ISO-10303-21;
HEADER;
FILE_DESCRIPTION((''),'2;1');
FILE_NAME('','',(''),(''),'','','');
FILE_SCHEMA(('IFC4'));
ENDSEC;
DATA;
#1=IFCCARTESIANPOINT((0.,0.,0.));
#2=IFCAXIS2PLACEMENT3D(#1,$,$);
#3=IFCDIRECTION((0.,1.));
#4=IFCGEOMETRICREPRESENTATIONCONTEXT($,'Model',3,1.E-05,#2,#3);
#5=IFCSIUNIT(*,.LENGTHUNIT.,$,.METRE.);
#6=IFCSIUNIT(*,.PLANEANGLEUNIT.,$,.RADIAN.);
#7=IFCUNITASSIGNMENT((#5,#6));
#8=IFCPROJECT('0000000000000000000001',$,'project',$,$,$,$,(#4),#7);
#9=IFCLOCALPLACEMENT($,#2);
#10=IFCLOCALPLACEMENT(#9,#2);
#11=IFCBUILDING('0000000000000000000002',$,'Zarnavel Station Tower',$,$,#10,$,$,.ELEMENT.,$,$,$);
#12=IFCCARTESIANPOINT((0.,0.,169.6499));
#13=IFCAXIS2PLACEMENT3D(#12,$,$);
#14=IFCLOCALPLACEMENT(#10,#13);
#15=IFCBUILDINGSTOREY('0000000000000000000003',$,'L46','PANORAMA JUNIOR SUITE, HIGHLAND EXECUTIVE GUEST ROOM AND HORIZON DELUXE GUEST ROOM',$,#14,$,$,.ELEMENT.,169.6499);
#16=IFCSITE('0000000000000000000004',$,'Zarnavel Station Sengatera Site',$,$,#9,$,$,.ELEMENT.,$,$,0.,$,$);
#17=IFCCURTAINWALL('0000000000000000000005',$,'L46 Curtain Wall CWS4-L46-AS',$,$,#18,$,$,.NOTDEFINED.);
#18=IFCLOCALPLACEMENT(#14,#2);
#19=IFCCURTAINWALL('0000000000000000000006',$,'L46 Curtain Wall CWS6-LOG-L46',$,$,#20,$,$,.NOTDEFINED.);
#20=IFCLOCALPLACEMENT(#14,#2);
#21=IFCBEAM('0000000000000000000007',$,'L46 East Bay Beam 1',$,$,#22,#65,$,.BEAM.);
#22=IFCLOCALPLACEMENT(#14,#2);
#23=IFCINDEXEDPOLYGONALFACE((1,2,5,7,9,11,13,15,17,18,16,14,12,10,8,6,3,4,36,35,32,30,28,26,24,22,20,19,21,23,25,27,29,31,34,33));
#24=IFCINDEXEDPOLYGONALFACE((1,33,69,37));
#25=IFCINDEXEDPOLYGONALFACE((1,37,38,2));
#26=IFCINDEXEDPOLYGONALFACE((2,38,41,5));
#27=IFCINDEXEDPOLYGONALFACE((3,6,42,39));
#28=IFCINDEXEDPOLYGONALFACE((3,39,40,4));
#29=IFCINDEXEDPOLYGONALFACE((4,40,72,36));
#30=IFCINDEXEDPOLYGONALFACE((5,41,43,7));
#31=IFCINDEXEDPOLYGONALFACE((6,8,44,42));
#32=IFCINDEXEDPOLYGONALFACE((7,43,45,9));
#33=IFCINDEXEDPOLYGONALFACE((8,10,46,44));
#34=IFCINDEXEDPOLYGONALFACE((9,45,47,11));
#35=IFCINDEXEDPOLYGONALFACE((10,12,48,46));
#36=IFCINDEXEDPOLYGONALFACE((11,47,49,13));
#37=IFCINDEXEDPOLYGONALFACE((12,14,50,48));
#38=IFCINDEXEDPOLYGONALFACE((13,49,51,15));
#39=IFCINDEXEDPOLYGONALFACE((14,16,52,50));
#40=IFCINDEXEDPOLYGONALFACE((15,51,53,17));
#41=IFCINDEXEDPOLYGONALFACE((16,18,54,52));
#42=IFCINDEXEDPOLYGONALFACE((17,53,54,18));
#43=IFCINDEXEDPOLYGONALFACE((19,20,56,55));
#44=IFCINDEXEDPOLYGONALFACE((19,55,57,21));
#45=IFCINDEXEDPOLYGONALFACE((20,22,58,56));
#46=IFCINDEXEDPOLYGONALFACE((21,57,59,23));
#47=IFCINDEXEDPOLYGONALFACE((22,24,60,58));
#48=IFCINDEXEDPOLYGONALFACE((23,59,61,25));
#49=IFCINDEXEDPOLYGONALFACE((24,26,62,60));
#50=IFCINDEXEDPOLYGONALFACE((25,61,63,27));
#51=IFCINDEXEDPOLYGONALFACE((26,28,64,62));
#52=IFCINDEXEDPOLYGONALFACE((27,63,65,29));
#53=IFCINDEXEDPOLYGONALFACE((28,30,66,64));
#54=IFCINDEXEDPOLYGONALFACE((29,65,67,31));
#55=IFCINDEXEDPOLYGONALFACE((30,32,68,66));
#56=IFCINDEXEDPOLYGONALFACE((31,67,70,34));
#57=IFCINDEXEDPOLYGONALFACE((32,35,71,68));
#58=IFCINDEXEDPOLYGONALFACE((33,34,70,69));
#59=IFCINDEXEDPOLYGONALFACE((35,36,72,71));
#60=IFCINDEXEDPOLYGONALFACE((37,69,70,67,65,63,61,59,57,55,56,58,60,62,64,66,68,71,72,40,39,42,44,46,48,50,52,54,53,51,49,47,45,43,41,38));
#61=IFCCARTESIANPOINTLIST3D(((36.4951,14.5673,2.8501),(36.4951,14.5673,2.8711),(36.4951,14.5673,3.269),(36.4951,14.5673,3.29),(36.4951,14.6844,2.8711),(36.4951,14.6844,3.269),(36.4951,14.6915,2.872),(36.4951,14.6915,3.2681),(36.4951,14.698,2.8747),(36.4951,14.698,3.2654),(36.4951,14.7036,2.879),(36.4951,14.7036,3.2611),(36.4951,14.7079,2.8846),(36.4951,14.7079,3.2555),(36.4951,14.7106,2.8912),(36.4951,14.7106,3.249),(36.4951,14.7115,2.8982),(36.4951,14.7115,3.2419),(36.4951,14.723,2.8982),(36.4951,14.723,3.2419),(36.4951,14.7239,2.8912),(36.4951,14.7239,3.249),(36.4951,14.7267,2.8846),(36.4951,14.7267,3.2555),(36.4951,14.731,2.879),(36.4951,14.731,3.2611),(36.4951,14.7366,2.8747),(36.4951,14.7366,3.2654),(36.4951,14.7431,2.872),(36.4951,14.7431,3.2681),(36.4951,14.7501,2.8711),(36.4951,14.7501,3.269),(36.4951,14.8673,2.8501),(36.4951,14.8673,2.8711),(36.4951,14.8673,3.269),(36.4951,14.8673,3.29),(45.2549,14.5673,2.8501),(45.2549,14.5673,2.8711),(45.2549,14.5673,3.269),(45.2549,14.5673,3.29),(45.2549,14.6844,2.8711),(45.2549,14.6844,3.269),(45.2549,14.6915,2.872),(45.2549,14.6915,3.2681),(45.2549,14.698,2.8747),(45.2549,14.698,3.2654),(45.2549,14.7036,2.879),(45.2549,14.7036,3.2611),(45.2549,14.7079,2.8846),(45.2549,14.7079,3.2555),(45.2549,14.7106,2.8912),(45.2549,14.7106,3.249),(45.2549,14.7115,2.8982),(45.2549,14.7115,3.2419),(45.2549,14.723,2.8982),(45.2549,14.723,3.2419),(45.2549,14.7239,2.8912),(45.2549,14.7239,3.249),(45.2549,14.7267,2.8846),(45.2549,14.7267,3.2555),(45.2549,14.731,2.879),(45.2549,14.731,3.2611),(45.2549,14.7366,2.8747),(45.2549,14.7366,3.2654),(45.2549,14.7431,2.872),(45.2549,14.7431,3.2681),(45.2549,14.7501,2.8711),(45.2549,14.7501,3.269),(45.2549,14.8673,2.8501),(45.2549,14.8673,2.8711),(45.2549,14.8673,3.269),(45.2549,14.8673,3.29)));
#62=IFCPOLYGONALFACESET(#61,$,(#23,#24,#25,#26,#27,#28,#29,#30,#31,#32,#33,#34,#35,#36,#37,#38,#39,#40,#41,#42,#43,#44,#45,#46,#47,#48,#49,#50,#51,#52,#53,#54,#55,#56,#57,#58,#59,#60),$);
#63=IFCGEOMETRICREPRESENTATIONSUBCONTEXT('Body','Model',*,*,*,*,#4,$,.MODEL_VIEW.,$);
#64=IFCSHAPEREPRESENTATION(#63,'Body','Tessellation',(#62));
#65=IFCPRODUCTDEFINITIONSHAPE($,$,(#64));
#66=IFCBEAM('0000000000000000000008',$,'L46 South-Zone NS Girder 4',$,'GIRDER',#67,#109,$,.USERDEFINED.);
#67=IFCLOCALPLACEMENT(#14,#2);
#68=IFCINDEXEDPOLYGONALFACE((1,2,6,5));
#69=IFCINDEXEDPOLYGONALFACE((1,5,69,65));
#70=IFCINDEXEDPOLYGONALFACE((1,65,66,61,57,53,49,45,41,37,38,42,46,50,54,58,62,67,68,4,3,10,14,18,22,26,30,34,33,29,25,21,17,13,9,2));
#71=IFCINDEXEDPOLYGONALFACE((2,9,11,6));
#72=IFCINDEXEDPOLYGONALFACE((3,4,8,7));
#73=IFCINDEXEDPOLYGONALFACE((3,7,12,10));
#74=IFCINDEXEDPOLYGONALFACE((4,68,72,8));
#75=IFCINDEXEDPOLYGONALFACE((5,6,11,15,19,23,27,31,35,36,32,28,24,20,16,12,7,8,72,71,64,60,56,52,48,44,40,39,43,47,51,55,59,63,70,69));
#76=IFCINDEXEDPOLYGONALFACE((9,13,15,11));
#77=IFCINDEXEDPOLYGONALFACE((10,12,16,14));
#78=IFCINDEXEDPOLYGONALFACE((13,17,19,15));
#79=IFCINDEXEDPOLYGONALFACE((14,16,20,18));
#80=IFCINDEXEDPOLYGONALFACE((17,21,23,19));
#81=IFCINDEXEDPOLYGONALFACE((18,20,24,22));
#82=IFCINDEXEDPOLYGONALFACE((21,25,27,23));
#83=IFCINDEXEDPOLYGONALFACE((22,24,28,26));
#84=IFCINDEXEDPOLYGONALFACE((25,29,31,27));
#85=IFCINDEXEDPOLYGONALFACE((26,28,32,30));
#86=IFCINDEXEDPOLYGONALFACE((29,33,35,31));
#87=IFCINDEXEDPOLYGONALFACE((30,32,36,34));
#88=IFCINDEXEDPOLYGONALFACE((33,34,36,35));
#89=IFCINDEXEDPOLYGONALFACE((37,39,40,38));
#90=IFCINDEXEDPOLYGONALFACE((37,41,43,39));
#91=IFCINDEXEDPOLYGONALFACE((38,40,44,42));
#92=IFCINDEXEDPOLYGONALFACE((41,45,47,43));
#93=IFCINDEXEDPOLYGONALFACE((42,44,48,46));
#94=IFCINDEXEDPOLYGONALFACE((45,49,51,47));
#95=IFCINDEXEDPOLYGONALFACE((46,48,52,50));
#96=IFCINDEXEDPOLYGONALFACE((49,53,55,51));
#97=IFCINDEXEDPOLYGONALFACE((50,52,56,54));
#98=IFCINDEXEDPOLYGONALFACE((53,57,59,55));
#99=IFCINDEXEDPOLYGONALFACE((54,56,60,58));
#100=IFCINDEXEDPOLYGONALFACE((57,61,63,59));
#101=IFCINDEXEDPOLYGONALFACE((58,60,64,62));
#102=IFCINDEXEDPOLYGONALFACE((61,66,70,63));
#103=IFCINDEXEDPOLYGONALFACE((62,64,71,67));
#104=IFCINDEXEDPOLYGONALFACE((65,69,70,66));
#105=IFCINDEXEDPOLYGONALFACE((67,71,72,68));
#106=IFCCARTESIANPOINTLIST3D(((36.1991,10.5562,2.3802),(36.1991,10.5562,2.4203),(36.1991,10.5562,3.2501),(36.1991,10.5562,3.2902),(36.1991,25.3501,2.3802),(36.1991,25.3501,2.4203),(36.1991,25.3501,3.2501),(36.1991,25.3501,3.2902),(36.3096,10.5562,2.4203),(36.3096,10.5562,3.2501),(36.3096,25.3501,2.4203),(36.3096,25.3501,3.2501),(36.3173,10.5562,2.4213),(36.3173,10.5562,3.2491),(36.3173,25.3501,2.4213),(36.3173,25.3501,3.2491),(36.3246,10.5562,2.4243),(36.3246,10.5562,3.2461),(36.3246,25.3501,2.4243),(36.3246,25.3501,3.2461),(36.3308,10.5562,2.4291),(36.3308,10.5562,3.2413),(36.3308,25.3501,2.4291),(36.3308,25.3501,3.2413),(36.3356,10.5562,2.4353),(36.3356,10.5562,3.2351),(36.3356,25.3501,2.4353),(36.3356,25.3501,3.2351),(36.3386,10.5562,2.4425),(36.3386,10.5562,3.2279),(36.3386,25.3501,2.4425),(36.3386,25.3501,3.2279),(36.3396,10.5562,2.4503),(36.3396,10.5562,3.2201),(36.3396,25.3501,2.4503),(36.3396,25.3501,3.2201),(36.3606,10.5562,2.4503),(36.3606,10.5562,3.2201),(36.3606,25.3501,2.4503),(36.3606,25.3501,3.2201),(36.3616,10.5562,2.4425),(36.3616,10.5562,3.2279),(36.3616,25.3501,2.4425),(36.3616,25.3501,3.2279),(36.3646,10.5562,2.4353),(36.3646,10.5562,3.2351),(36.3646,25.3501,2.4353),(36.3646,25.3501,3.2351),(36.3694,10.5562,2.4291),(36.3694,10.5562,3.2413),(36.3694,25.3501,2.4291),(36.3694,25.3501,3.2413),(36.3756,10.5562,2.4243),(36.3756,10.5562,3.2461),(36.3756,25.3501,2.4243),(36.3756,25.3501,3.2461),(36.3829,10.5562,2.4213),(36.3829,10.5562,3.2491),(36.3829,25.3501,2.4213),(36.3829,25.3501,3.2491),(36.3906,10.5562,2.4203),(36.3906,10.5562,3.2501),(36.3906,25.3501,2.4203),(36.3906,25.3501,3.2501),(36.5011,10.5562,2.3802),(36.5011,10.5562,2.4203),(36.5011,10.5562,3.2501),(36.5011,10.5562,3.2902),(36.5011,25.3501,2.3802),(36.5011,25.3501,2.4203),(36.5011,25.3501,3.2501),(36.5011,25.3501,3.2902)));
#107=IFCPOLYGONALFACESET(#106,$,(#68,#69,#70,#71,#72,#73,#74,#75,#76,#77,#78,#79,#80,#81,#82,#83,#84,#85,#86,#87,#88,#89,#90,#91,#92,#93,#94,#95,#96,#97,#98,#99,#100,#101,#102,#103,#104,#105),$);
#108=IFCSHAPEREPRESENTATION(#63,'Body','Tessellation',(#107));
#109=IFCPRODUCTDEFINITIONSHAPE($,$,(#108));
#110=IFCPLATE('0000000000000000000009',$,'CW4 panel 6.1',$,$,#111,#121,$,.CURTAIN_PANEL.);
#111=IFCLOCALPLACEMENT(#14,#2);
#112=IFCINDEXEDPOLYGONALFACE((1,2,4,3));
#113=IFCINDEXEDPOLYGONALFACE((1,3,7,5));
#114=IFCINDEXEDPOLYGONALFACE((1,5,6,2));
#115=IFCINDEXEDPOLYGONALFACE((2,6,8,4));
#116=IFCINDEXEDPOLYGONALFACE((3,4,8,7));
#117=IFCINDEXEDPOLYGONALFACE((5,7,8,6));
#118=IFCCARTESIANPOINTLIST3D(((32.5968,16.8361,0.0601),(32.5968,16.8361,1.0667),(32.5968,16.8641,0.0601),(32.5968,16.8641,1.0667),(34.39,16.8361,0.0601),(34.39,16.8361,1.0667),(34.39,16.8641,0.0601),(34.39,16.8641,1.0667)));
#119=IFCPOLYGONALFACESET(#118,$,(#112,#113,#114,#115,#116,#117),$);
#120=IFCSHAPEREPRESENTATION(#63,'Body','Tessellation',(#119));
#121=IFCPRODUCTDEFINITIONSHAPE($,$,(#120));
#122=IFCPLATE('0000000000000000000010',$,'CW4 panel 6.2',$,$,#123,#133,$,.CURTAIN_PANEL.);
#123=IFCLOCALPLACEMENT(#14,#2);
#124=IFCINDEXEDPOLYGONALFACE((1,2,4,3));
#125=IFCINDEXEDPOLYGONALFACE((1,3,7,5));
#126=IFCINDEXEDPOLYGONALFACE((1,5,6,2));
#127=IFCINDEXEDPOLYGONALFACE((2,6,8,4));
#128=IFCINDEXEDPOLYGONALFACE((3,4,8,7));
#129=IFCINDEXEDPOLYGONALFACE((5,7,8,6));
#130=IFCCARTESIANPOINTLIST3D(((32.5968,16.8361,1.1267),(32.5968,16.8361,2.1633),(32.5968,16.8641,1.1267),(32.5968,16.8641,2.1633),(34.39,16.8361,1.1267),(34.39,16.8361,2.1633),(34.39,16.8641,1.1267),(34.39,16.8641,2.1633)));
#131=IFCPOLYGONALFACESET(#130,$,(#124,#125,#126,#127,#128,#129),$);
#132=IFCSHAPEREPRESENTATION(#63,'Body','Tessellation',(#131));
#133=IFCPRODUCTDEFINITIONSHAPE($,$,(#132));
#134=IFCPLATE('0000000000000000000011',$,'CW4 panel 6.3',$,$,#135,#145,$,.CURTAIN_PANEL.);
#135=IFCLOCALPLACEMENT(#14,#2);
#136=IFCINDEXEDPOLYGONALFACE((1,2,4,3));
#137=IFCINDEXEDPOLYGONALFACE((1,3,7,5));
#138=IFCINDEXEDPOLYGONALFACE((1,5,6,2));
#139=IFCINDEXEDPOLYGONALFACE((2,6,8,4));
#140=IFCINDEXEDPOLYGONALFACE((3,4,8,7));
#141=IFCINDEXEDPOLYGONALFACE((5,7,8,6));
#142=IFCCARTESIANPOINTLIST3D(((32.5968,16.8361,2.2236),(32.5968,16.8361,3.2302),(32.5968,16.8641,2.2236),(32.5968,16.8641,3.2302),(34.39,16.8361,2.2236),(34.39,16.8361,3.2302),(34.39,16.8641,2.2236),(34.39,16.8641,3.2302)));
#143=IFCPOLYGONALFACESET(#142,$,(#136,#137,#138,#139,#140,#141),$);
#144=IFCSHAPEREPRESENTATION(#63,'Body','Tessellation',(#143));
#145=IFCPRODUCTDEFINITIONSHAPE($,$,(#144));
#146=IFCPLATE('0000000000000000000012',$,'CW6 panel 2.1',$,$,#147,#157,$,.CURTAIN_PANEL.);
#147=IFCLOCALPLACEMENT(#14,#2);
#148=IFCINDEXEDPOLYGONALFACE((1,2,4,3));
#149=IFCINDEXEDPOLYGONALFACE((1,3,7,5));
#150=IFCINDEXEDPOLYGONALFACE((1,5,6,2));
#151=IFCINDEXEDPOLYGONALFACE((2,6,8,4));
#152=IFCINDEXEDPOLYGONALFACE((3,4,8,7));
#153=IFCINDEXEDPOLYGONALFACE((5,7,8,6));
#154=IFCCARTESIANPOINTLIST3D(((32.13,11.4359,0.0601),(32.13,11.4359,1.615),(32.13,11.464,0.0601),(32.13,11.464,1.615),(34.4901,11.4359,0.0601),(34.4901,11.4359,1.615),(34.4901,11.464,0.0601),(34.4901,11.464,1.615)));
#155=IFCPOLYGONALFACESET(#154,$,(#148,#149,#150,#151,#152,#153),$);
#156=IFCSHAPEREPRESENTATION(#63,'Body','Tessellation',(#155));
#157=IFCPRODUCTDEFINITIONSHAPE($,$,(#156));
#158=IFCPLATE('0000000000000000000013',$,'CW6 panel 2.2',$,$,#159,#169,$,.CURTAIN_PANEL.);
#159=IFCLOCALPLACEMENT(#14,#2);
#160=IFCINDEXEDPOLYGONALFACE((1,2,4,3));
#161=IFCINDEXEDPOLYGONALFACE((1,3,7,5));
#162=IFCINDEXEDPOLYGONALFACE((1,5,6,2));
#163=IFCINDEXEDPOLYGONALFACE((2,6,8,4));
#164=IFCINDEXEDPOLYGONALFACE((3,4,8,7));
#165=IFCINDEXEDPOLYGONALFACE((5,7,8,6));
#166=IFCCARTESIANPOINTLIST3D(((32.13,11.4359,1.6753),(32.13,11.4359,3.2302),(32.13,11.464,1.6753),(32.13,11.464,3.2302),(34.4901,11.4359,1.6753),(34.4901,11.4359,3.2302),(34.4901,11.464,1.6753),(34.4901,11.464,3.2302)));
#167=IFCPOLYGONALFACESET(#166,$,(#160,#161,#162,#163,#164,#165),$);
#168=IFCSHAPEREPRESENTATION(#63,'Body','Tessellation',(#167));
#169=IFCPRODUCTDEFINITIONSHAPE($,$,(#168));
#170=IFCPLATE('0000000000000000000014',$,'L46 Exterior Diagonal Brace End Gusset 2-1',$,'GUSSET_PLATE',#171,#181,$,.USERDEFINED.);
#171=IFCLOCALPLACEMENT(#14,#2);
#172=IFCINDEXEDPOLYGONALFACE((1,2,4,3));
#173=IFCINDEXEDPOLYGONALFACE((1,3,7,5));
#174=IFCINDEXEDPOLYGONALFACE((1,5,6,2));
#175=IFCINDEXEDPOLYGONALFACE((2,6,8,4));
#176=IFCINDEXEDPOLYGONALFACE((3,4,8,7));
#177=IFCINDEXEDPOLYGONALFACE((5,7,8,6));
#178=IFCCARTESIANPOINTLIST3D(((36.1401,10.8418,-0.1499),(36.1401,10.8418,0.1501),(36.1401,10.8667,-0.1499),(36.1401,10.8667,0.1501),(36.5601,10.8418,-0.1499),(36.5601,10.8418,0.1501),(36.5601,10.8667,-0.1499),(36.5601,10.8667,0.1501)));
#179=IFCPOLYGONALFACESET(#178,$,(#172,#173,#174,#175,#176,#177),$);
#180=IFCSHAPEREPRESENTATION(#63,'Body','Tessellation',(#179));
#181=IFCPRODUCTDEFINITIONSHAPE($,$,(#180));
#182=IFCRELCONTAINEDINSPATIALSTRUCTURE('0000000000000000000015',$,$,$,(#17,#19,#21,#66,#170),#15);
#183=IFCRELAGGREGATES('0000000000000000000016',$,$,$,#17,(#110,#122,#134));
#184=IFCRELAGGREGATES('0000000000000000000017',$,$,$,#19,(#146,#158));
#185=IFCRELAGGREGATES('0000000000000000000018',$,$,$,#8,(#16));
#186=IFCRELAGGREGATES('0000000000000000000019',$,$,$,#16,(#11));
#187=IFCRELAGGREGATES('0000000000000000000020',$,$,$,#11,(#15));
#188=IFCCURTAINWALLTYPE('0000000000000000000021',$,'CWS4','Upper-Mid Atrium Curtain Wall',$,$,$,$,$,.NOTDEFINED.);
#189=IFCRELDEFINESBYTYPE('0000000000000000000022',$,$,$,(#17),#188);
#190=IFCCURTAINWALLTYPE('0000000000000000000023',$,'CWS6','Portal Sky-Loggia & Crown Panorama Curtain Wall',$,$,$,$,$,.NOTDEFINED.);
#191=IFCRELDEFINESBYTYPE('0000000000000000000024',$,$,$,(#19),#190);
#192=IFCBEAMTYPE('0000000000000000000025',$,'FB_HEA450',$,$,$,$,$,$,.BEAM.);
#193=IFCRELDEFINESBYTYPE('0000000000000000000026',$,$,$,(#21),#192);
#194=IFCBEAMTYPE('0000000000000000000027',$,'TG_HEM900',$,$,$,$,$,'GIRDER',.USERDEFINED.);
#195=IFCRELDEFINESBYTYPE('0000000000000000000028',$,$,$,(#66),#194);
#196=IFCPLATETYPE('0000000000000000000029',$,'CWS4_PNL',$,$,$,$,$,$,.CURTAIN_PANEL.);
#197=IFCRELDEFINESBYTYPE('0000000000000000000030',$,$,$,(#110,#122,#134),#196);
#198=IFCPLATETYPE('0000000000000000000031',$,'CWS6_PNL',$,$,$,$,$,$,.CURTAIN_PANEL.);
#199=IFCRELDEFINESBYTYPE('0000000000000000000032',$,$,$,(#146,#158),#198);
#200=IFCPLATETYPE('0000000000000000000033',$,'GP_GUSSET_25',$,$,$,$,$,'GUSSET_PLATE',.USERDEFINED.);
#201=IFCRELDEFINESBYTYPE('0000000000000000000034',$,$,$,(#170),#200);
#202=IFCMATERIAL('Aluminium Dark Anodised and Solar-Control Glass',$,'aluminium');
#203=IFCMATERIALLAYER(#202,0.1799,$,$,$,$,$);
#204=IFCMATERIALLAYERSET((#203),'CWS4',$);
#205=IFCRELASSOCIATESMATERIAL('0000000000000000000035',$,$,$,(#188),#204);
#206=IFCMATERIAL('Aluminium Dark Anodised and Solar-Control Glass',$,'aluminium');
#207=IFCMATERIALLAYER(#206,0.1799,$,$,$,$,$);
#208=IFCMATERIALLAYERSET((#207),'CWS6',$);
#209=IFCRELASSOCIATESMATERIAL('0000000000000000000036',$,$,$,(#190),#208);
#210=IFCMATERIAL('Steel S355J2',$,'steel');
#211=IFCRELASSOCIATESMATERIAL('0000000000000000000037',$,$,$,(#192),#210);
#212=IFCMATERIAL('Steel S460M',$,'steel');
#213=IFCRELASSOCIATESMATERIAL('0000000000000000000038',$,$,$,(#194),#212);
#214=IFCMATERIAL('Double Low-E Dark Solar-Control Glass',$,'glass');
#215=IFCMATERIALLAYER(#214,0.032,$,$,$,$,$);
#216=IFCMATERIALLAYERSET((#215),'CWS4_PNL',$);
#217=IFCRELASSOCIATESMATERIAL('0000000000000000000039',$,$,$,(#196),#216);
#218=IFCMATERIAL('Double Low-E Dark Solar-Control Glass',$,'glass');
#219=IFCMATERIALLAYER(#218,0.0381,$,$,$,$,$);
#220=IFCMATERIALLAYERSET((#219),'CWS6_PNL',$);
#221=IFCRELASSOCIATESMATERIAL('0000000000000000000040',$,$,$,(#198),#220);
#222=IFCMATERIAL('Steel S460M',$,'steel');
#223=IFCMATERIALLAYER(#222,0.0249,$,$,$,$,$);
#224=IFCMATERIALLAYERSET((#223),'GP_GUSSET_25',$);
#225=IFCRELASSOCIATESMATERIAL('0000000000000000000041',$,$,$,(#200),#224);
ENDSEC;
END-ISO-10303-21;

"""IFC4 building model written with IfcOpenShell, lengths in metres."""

from ifc_helpers import new_model, si_unit, direction, frame, origin, origin_2d, place, context, subcontext, project, spatial, rectangle, i_section, extrude, material, layer, layer_set, material_profile, profile_set, type_object, element, aggregate, save


model = new_model("IFC4")

# Units and contexts
model_context = context("Model", 3, precision=1e-05, world=origin(), true_north=direction((0.0, 1.0)))
body_context = subcontext(model_context, "Body", "Model", "MODEL_VIEW")
ifc_project = project(units=[si_unit("LENGTHUNIT", "METRE"), si_unit("PLANEANGLEUNIT", "RADIAN")], contexts=[model_context])

# Site, building, storey
site_placement = place(None, origin())
site = spatial("IfcSite", under=ifc_project, at=site_placement, Name="Zarnavel Station Sengatera Site", CompositionType="ELEMENT", RefElevation=0.0)
building_placement = place(site_placement, origin())
building = spatial("IfcBuilding", under=site, at=building_placement, Name="Zarnavel Station Tower", CompositionType="ELEMENT")
storey_placement = place(building_placement, frame((0.0, 0.0, 169.6499)))
storey = spatial("IfcBuildingStorey", under=building, at=storey_placement, Name="L46", Description="PANORAMA JUNIOR SUITE, HIGHLAND EXECUTIVE GUEST ROOM AND HORIZON DELUXE GUEST ROOM", CompositionType="ELEMENT", Elevation=169.6499)

# Curtain wall
ifc_material_1 = material(Name="Aluminium Dark Anodised and Solar-Control Glass", Category="aluminium")
ifc_layer_1 = layer(ifc_material_1, 0.1799)
ifc_layer_set_1 = layer_set([ifc_layer_1], Name="CWS4")
curtain_wall_type_1 = type_object("IfcCurtainWallType", Name="CWS4", Description="Upper-Mid Atrium Curtain Wall", PredefinedType="NOTDEFINED", material=ifc_layer_set_1)
curtain_wall_1_placement = place(storey_placement, origin())
curtain_wall_1 = element("IfcCurtainWall", 1, at=curtain_wall_1_placement, inside=storey, type_object=curtain_wall_type_1, Name="L46 Curtain Wall CWS4-L46-AS", PredefinedType="NOTDEFINED")

# Curtain wall
ifc_material_2 = material(Name="Aluminium Dark Anodised and Solar-Control Glass", Category="aluminium")
ifc_layer_2 = layer(ifc_material_2, 0.1799)
ifc_layer_set_2 = layer_set([ifc_layer_2], Name="CWS6")
curtain_wall_type_2 = type_object("IfcCurtainWallType", Name="CWS6", Description="Portal Sky-Loggia & Crown Panorama Curtain Wall", PredefinedType="NOTDEFINED", material=ifc_layer_set_2)
curtain_wall_2_placement = place(storey_placement, origin())
curtain_wall_2 = element("IfcCurtainWall", 2, at=curtain_wall_2_placement, inside=storey, type_object=curtain_wall_type_2, Name="L46 Curtain Wall CWS6-LOG-L46", PredefinedType="NOTDEFINED")

# Beams
ifc_material_3 = material(Name="Steel S355J2", Category="steel")
ifc_material_profile_1 = material_profile(ifc_material_3, i_section(OverallWidth=0.3, OverallDepth=0.4399, WebThickness=0.0115, FlangeThickness=0.021, FilletRadius=0.0271, at=origin_2d()), Name="HEA450")
ifc_profile_set_1 = profile_set([ifc_material_profile_1], Name="Steel S355J2")
beam_type_1 = type_object("IfcBeamType", Name="FB_HEA450", PredefinedType="BEAM", material=ifc_profile_set_1)
beam_1_placement = place(storey_placement, frame((36.4951, 14.7173, 3.0701), z_axis=(1.0, 0.0, 0.0), x_axis=(0.0, 1.0, 0.0)))
element("IfcBeam", 3, at=beam_1_placement, inside=storey, type_object=beam_type_1, Name="L46 East Bay Beam 1", PredefinedType="BEAM", context=body_context, shape_type="SweptSolid", body=[
    extrude(i_section(OverallWidth=0.3, OverallDepth=0.4399, WebThickness=0.0115, FlangeThickness=0.021, FilletRadius=0.0271, at=origin_2d()), origin(), (0.0, 0.0, 1.0), 8.7598),
])
ifc_material_4 = material(Name="Steel S460M", Category="steel")
ifc_material_profile_2 = material_profile(ifc_material_4, i_section(OverallWidth=0.302, OverallDepth=0.9099, WebThickness=0.021, FlangeThickness=0.04, FilletRadius=0.03, at=origin_2d()), Name="HEM900")
ifc_profile_set_2 = profile_set([ifc_material_profile_2], Name="Steel S460M")
beam_type_2 = type_object("IfcBeamType", Name="TG_HEM900", ElementType="GIRDER", PredefinedType="USERDEFINED", material=ifc_profile_set_2)
beam_2_placement = place(storey_placement, frame((36.3501, 10.5562, 2.8352), z_axis=(0.0, 1.0, 0.0), x_axis=(-1.0, 0.0, 0.0)))
element("IfcBeam", 4, at=beam_2_placement, inside=storey, type_object=beam_type_2, Name="L46 South-Zone NS Girder 4", ObjectType="GIRDER", PredefinedType="USERDEFINED", context=body_context, shape_type="SweptSolid", body=[
    extrude(i_section(OverallWidth=0.302, OverallDepth=0.9099, WebThickness=0.021, FlangeThickness=0.04, FilletRadius=0.03, at=origin_2d()), origin(), (0.0, 0.0, 1.0), 14.7939),
])

# Plates
ifc_material_5 = material(Name="Double Low-E Dark Solar-Control Glass", Category="glass")
ifc_layer_3 = layer(ifc_material_5, 0.032)
ifc_layer_set_3 = layer_set([ifc_layer_3], Name="CWS4_PNL")
plate_type_1 = type_object("IfcPlateType", Name="CWS4_PNL", PredefinedType="CURTAIN_PANEL", material=ifc_layer_set_3)
plate_1_placement = place(storey_placement, frame((33.4934, 16.8501, 0.0601), z_axis=(0.0, 0.0, 1.0), x_axis=(1.0, 0.0, 0.0)))
plate_1 = element("IfcPlate", 5, at=plate_1_placement, type_object=plate_type_1, Name="CW4 panel 6.1", PredefinedType="CURTAIN_PANEL", context=body_context, shape_type="SweptSolid", body=[
    extrude(rectangle(XDim=1.7932, YDim=0.0281, at=origin_2d()), origin(), (0.0, 0.0, 1.0), 1.0066),
])
plate_2_placement = place(storey_placement, frame((33.4934, 16.8501, 1.1267), z_axis=(0.0, 0.0, 1.0), x_axis=(1.0, 0.0, 0.0)))
plate_2 = element("IfcPlate", 6, at=plate_2_placement, type_object=plate_type_1, Name="CW4 panel 6.2", PredefinedType="CURTAIN_PANEL", context=body_context, shape_type="SweptSolid", body=[
    extrude(rectangle(XDim=1.7932, YDim=0.0281, at=origin_2d()), origin(), (0.0, 0.0, 1.0), 1.0366),
])
plate_3_placement = place(storey_placement, frame((33.4934, 16.8501, 2.2236), z_axis=(0.0, 0.0, 1.0), x_axis=(1.0, 0.0, 0.0)))
plate_3 = element("IfcPlate", 7, at=plate_3_placement, type_object=plate_type_1, Name="CW4 panel 6.3", PredefinedType="CURTAIN_PANEL", context=body_context, shape_type="SweptSolid", body=[
    extrude(rectangle(XDim=1.7932, YDim=0.0281, at=origin_2d()), origin(), (0.0, 0.0, 1.0), 1.0066),
])
aggregate(curtain_wall_1, [plate_1, plate_2, plate_3])
ifc_material_6 = material(Name="Double Low-E Dark Solar-Control Glass", Category="glass")
ifc_layer_4 = layer(ifc_material_6, 0.0381)
ifc_layer_set_4 = layer_set([ifc_layer_4], Name="CWS6_PNL")
plate_type_2 = type_object("IfcPlateType", Name="CWS6_PNL", PredefinedType="CURTAIN_PANEL", material=ifc_layer_set_4)
plate_4_placement = place(storey_placement, frame((33.3101, 11.45, 0.0601), z_axis=(0.0, 0.0, 1.0), x_axis=(1.0, 0.0, 0.0)))
plate_4 = element("IfcPlate", 8, at=plate_4_placement, type_object=plate_type_2, Name="CW6 panel 2.1", PredefinedType="CURTAIN_PANEL", context=body_context, shape_type="SweptSolid", body=[
    extrude(rectangle(XDim=2.3601, YDim=0.0281, at=origin_2d()), origin(), (0.0, 0.0, 1.0), 1.5549),
])
plate_5_placement = place(storey_placement, frame((33.3101, 11.45, 1.6753), z_axis=(0.0, 0.0, 1.0), x_axis=(1.0, 0.0, 0.0)))
plate_5 = element("IfcPlate", 9, at=plate_5_placement, type_object=plate_type_2, Name="CW6 panel 2.2", PredefinedType="CURTAIN_PANEL", context=body_context, shape_type="SweptSolid", body=[
    extrude(rectangle(XDim=2.3601, YDim=0.0281, at=origin_2d()), origin(), (0.0, 0.0, 1.0), 1.5549),
])
aggregate(curtain_wall_2, [plate_4, plate_5])
ifc_material_7 = material(Name="Steel S460M", Category="steel")
ifc_layer_5 = layer(ifc_material_7, 0.0249)
ifc_layer_set_5 = layer_set([ifc_layer_5], Name="GP_GUSSET_25")
plate_type_3 = type_object("IfcPlateType", Name="GP_GUSSET_25", ElementType="GUSSET_PLATE", PredefinedType="USERDEFINED", material=ifc_layer_set_5)
plate_6_placement = place(storey_placement, frame((36.3501, 10.8542, -0.1499), z_axis=(0.0, 0.0, 1.0), x_axis=(1.0, 0.0, 0.0)))
element("IfcPlate", 10, at=plate_6_placement, inside=storey, type_object=plate_type_3, Name="L46 Exterior Diagonal Brace End Gusset 2-1", ObjectType="GUSSET_PLATE", PredefinedType="USERDEFINED", context=body_context, shape_type="SweptSolid", body=[
    extrude(rectangle(XDim=0.4199, YDim=0.0249, at=origin_2d()), origin(), (0.0, 0.0, 1.0), 0.3),
])

save(model, "model.ifc")
